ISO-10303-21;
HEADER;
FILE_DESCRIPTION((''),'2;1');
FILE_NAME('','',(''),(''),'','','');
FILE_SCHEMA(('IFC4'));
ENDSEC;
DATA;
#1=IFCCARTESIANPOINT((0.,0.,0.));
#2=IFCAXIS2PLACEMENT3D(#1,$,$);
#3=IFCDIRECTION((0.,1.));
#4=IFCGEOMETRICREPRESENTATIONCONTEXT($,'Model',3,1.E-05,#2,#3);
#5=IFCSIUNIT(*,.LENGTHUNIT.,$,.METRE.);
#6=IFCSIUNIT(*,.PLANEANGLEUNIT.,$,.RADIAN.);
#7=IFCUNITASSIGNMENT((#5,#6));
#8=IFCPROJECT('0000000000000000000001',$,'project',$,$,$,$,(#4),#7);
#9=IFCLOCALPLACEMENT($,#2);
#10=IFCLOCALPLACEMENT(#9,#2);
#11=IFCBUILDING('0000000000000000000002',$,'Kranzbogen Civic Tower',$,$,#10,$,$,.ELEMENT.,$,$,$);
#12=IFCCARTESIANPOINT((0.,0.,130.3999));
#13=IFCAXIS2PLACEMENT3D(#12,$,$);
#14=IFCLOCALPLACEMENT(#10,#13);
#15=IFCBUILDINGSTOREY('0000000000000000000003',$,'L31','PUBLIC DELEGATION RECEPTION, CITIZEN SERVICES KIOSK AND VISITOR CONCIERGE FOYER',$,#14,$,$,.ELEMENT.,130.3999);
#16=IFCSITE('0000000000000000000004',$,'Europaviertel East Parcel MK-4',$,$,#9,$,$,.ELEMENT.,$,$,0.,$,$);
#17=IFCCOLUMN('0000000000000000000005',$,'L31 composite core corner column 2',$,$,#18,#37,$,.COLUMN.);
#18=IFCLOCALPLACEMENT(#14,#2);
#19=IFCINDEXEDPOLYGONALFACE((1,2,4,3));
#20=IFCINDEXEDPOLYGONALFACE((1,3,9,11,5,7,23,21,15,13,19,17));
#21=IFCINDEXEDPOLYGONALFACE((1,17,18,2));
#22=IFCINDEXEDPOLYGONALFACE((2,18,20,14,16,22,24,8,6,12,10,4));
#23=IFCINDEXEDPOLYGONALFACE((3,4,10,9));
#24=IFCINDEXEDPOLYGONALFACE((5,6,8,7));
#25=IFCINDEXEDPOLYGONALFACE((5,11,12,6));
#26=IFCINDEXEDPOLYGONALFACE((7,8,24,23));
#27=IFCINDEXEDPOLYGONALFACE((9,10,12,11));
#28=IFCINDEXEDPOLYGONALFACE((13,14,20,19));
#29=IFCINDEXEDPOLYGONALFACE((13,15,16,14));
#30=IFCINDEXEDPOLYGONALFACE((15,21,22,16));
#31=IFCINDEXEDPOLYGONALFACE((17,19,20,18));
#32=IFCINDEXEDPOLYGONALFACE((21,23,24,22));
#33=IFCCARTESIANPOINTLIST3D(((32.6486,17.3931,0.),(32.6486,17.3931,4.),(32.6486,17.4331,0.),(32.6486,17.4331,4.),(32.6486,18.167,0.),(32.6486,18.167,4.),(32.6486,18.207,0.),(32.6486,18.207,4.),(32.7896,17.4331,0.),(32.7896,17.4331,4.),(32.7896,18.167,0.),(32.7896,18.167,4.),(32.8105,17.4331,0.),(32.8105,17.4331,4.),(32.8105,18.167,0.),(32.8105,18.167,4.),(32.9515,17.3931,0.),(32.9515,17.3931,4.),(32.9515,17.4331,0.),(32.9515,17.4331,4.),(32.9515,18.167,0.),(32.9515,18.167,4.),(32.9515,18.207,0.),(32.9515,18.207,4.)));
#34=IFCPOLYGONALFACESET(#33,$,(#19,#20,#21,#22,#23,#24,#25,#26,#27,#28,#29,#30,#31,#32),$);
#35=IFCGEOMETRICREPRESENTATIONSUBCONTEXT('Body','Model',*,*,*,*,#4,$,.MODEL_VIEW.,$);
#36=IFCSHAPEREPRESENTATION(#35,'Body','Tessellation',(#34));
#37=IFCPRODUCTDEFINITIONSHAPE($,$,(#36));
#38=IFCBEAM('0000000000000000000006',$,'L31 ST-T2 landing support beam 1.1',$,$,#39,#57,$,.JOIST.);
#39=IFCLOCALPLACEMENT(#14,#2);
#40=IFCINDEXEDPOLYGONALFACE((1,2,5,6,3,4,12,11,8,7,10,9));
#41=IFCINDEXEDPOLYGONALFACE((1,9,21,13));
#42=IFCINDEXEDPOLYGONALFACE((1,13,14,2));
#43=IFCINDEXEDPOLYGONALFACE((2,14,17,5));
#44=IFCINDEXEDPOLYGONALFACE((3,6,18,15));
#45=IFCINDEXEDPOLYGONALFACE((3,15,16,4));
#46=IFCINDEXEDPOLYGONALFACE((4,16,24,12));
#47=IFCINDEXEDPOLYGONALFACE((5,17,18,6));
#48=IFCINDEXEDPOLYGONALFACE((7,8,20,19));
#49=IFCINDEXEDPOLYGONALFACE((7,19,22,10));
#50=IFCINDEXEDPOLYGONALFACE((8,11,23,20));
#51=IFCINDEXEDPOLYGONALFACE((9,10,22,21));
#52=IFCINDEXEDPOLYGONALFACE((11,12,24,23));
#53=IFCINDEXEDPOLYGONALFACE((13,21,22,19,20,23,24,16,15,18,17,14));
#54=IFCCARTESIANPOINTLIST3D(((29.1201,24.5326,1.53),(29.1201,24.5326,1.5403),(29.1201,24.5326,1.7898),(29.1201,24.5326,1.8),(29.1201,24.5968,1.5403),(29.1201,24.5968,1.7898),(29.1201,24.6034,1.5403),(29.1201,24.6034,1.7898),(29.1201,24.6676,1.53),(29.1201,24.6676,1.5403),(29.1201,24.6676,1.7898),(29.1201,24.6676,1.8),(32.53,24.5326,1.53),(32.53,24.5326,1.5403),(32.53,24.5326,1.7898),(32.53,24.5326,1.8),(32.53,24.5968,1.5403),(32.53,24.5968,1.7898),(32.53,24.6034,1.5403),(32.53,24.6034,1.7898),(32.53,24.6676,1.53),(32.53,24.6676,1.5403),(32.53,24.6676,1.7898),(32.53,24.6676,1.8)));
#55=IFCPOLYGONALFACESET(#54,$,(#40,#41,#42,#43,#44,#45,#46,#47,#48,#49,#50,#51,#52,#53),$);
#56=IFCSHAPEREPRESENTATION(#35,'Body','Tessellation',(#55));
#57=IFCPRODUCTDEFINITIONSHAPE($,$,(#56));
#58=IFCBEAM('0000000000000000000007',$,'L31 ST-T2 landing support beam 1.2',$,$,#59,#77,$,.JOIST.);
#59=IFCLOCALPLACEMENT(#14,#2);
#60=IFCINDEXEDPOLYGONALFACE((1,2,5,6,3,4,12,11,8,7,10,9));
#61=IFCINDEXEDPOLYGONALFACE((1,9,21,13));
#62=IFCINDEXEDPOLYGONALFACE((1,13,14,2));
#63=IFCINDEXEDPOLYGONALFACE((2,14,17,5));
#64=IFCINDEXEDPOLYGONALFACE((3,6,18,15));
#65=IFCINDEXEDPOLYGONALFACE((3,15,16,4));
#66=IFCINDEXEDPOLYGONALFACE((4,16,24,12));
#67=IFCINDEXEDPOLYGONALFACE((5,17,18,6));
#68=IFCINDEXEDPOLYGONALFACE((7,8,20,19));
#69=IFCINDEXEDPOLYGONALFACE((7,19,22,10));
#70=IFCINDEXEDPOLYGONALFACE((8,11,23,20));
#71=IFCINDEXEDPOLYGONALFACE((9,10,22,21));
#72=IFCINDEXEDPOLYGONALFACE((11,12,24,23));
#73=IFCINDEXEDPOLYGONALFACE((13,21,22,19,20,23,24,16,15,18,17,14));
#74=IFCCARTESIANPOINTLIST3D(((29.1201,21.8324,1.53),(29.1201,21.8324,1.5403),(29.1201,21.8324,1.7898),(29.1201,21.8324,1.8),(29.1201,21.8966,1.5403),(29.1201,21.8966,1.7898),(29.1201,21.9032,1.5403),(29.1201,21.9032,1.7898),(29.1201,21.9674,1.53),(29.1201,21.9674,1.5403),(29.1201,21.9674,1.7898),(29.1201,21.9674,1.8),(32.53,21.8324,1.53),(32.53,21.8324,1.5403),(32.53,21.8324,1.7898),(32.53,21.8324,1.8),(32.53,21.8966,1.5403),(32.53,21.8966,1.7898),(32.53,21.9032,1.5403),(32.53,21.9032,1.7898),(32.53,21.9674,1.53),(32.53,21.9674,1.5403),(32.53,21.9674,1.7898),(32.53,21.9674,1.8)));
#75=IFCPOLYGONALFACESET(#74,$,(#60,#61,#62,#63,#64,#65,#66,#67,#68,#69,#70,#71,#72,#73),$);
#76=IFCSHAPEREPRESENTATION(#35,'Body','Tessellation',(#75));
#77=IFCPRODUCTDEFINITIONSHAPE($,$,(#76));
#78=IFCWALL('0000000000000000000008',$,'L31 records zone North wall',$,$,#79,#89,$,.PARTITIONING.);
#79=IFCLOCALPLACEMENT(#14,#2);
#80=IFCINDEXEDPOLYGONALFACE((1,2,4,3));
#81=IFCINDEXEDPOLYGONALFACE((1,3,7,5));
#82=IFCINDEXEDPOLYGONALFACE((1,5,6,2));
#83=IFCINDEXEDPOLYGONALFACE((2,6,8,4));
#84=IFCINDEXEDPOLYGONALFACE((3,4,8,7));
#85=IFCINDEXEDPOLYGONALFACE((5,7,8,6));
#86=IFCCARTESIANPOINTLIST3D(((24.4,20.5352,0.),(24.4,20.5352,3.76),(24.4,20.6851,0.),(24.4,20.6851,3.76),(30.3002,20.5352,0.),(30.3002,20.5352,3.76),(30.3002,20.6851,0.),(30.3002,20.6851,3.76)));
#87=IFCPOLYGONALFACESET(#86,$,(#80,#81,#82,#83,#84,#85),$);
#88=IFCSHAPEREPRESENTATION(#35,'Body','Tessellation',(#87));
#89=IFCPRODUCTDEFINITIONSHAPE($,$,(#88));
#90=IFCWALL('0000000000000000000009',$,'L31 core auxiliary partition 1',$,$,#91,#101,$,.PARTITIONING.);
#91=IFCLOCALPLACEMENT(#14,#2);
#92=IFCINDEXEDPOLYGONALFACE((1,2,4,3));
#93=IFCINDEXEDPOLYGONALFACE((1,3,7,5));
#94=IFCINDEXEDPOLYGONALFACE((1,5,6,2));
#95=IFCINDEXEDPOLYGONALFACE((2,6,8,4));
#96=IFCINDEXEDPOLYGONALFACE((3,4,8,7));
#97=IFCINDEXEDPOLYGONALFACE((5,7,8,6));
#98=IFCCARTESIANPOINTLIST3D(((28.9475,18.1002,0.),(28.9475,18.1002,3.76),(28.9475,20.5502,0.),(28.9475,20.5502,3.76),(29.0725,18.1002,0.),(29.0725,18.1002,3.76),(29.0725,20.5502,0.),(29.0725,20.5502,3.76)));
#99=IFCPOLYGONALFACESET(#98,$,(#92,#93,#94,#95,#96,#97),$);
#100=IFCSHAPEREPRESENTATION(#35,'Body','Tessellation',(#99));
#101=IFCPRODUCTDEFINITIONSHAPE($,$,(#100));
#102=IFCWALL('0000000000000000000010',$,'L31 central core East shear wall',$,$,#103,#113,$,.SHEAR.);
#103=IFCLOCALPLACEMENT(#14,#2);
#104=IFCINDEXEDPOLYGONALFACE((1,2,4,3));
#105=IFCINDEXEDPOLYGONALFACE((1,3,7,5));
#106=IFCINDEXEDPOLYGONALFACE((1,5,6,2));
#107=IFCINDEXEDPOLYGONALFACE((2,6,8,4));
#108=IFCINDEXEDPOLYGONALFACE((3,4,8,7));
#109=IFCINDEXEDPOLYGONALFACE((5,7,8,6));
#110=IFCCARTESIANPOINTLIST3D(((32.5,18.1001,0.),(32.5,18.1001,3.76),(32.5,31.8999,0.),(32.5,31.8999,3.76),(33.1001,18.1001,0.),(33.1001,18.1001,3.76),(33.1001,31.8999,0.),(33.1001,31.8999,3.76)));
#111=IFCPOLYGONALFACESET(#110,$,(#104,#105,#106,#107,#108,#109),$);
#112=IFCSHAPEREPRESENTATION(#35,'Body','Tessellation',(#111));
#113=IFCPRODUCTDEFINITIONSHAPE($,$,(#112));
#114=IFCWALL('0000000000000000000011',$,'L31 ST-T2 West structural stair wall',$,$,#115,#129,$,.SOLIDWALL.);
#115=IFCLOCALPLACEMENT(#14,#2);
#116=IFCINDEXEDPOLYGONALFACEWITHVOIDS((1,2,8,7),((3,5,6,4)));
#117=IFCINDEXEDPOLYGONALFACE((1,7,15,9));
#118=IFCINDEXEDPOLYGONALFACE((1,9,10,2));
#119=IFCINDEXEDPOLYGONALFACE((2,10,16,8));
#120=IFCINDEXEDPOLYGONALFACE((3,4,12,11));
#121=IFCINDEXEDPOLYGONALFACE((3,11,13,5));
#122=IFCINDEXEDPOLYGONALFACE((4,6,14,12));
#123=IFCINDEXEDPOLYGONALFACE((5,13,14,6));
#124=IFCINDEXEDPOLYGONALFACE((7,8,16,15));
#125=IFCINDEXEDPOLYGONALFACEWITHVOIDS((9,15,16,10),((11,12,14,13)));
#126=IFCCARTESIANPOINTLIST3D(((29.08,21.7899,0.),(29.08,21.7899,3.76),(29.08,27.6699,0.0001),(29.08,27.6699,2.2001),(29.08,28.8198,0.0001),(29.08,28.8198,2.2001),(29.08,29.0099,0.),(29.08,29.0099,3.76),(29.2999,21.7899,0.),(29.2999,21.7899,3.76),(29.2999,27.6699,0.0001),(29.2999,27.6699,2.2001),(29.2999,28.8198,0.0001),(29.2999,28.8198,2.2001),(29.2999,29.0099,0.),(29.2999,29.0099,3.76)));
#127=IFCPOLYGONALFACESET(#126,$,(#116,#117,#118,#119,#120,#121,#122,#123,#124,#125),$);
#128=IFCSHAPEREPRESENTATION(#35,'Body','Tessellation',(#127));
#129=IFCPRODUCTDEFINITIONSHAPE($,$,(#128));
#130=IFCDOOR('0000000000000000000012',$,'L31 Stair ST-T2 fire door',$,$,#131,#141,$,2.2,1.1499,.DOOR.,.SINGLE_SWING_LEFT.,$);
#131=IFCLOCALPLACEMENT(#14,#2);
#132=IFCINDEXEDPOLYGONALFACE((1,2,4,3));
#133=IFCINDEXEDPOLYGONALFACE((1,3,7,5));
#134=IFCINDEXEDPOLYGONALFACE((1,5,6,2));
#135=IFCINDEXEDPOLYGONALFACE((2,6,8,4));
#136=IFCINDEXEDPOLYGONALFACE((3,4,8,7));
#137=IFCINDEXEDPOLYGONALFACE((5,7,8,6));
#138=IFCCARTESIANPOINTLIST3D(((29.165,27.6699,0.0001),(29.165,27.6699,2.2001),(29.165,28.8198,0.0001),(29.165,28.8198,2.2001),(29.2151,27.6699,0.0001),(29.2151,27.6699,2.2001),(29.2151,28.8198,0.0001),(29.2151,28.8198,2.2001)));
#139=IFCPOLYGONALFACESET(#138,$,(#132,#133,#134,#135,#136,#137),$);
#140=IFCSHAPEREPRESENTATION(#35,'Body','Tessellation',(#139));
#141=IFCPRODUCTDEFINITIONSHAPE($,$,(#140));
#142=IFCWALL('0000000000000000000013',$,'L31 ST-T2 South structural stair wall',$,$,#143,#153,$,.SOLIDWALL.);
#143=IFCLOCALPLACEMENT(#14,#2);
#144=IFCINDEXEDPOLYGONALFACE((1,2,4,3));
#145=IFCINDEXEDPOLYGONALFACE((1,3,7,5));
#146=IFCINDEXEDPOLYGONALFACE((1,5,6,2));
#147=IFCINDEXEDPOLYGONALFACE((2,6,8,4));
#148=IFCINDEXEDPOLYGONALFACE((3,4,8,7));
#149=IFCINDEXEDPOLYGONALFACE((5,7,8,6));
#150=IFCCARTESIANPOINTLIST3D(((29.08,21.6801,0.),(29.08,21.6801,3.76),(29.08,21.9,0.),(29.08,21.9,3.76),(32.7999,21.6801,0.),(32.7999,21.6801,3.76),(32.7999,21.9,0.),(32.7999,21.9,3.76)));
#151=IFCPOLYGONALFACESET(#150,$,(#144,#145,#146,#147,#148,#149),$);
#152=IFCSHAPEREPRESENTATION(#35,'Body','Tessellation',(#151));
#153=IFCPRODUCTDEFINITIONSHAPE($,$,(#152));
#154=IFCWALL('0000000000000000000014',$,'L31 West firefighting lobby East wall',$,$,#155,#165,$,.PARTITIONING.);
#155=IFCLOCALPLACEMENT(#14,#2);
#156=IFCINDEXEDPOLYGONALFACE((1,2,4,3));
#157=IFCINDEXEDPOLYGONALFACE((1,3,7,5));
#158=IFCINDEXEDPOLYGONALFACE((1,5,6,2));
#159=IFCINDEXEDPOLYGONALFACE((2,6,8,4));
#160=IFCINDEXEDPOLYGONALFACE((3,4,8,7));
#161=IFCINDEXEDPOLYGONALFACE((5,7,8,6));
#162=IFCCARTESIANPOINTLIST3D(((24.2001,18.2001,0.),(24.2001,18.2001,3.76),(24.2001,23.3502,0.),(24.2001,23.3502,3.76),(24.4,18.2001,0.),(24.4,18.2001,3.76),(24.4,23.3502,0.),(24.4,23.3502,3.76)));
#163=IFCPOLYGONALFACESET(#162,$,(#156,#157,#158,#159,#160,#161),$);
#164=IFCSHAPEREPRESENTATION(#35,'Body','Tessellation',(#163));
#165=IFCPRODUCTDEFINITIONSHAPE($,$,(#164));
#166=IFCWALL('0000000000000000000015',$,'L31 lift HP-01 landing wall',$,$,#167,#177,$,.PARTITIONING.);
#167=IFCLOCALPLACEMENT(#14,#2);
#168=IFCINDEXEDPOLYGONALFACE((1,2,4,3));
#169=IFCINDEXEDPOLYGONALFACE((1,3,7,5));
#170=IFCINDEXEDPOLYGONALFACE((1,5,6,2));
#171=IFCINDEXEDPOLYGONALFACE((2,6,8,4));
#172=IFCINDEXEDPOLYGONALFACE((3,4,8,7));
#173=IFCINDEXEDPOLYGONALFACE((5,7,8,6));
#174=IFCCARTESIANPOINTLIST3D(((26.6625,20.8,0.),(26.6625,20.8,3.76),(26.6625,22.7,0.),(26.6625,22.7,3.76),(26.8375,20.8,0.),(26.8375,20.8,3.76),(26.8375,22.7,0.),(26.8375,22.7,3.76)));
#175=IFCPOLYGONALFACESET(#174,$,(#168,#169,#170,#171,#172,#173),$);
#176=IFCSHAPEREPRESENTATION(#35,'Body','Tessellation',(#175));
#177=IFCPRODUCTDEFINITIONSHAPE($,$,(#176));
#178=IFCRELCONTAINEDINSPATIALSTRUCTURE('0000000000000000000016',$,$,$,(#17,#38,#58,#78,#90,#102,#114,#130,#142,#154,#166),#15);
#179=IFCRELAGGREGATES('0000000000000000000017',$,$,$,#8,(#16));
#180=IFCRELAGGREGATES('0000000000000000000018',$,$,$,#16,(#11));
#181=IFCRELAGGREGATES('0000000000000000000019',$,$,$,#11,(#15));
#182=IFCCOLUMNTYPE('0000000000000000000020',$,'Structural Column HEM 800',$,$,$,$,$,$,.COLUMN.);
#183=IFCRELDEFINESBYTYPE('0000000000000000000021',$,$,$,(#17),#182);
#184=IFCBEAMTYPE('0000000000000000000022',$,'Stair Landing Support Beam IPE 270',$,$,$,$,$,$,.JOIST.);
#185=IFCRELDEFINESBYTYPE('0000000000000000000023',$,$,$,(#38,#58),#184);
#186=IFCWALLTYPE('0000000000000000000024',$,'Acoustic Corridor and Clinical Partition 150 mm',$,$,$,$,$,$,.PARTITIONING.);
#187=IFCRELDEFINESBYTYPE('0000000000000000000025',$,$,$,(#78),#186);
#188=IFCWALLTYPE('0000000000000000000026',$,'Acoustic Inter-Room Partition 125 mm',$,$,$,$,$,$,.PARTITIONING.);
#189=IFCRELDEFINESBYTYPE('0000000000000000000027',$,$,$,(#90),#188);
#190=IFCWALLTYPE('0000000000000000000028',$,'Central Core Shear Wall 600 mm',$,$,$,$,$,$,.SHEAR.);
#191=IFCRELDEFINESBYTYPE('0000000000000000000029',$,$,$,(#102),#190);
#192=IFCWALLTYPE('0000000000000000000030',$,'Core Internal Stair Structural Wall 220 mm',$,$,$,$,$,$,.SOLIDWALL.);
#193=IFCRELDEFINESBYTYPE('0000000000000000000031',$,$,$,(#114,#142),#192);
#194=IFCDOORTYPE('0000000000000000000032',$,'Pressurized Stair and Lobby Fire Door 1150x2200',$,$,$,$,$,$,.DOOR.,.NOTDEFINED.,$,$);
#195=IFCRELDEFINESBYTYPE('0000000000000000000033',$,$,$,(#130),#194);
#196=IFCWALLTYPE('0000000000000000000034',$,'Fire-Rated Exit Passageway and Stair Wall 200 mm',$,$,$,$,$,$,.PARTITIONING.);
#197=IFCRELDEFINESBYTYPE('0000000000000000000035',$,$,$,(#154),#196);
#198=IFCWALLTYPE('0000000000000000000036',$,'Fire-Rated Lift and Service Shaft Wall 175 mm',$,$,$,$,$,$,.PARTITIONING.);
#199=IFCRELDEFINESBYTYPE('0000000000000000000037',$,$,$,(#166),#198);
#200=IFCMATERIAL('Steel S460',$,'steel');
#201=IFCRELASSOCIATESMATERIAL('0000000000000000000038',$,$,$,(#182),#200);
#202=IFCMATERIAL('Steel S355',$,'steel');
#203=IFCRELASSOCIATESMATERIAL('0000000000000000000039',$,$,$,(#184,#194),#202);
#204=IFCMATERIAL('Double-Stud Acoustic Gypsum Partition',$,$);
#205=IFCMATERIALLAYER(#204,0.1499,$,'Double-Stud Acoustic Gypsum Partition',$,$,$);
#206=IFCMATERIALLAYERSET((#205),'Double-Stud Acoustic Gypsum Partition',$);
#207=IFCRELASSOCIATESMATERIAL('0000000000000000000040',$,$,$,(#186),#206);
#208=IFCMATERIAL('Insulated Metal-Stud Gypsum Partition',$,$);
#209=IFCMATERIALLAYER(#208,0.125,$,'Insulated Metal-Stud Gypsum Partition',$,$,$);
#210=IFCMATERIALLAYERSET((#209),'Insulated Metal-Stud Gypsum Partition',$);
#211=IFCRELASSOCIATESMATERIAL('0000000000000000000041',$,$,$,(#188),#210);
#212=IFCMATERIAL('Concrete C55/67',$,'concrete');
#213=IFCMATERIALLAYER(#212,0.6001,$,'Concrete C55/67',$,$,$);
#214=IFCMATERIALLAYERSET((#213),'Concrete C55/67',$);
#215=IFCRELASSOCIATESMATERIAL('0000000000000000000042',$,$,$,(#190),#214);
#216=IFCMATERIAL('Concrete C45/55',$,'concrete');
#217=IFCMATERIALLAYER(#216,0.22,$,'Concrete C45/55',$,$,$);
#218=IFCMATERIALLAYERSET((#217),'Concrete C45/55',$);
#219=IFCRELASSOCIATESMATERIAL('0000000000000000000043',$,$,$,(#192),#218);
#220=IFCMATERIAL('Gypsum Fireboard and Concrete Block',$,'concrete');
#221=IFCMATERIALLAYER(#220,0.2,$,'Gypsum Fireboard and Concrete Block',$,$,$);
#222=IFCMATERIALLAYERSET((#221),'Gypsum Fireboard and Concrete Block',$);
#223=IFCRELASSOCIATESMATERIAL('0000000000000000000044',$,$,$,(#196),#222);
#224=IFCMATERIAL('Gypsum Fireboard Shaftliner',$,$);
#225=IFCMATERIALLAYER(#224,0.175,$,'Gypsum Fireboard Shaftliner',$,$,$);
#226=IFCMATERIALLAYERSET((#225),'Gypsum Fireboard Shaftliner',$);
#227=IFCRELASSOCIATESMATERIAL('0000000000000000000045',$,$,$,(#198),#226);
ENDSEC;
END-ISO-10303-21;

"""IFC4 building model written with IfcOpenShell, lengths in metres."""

from ifc_helpers import new_model, si_unit, direction, frame, frame_2d, origin, origin_2d, place, context, subcontext, project, spatial, rectangle, i_section, extrude, material, layer, layer_set, material_profile, profile_set, type_object, element, fill, save


model = new_model("IFC4")

# Units and contexts
model_context = context("Model", 3, precision=1e-05, world=origin(), true_north=direction((0.0, 1.0)))
body_context = subcontext(model_context, "Body", "Model", "MODEL_VIEW")
ifc_project = project(units=[si_unit("LENGTHUNIT", "METRE"), si_unit("PLANEANGLEUNIT", "RADIAN")], contexts=[model_context])

# Site, building, storey
site_placement = place(None, origin())
site = spatial("IfcSite", under=ifc_project, at=site_placement, Name="Europaviertel East Parcel MK-4", CompositionType="ELEMENT", RefElevation=0.0)
building_placement = place(site_placement, origin())
building = spatial("IfcBuilding", under=site, at=building_placement, Name="Kranzbogen Civic Tower", CompositionType="ELEMENT")
storey_placement = place(building_placement, frame((0.0, 0.0, 130.3999)))
storey = spatial("IfcBuildingStorey", under=building, at=storey_placement, Name="L31", Description="PUBLIC DELEGATION RECEPTION, CITIZEN SERVICES KIOSK AND VISITOR CONCIERGE FOYER", CompositionType="ELEMENT", Elevation=130.3999)

# Column
ifc_material_1 = material(Name="Steel S460", Category="steel")
ifc_material_profile_1 = material_profile(ifc_material_1, i_section(OverallWidth=0.303, OverallDepth=0.814, WebThickness=0.021, FlangeThickness=0.04, at=origin_2d()), Name="HEM 800")
ifc_profile_set_1 = profile_set([ifc_material_profile_1], Name="Steel S460")
column_type = type_object("IfcColumnType", Name="Structural Column HEM 800", PredefinedType="COLUMN", material=ifc_profile_set_1)
column_placement = place(storey_placement, frame((32.8, 17.8, 0.0), z_axis=(0.0, 0.0, 1.0), x_axis=(1.0, 0.0, 0.0)))
element("IfcColumn", 1, at=column_placement, inside=storey, type_object=column_type, Name="L31 composite core corner column 2", PredefinedType="COLUMN", context=body_context, shape_type="SweptSolid", body=[
    extrude(i_section(OverallWidth=0.303, OverallDepth=0.814, WebThickness=0.021, FlangeThickness=0.04, at=origin_2d()), origin(), (0.0, 0.0, 1.0), 4.0),
])

# Beams
ifc_material_2 = material(Name="Steel S355", Category="steel")
ifc_material_profile_2 = material_profile(ifc_material_2, i_section(OverallWidth=0.135, OverallDepth=0.27, WebThickness=0.0066, FlangeThickness=0.0103, at=origin_2d()), Name="IPE 270")
ifc_profile_set_2 = profile_set([ifc_material_profile_2], Name="Steel S355")
beam_type = type_object("IfcBeamType", Name="Stair Landing Support Beam IPE 270", PredefinedType="JOIST", material=ifc_profile_set_2)
for number, where, z_axis, x_axis, name in (
    (2, (29.1201, 24.6001, 1.665), (1.0, 0.0, 0.0), (0.0, 1.0, 0.0), "L31 ST-T2 landing support beam 1.1"),
    (3, (29.1201, 21.8999, 1.665), (1.0, 0.0, 0.0), (0.0, 1.0, 0.0), "L31 ST-T2 landing support beam 1.2"),
):
    element("IfcBeam", number, at=place(storey_placement, frame(where, z_axis=z_axis, x_axis=x_axis)), inside=storey, type_object=beam_type, Name=name, PredefinedType="JOIST", context=body_context, shape_type="SweptSolid", body=[
        extrude(i_section(OverallWidth=0.135, OverallDepth=0.27, WebThickness=0.0066, FlangeThickness=0.0103, at=origin_2d()), origin(), (0.0, 0.0, 1.0), 3.4099),
    ])

# Walls
ifc_material_3 = material(Name="Double-Stud Acoustic Gypsum Partition")
ifc_layer_1 = layer(ifc_material_3, 0.1499, Name="Double-Stud Acoustic Gypsum Partition")
ifc_layer_set_1 = layer_set([ifc_layer_1], Name="Double-Stud Acoustic Gypsum Partition")
wall_type_1 = type_object("IfcWallType", Name="Acoustic Corridor and Clinical Partition 150 mm", PredefinedType="PARTITIONING", material=ifc_layer_set_1)
wall_1_placement = place(storey_placement, frame((24.3999, 20.6101, 0.0), z_axis=(0.0, 0.0, 1.0), x_axis=(1.0, 0.0, 0.0)))
element("IfcWall", 4, at=wall_1_placement, inside=storey, type_object=wall_type_1, Name="L31 records zone North wall", PredefinedType="PARTITIONING", context=body_context, shape_type="SweptSolid", body=[
    extrude(rectangle(XDim=5.9001, YDim=0.1499, at=frame_2d((2.9502, 0.0))), origin(), (0.0, 0.0, 1.0), 3.76),
])
ifc_material_4 = material(Name="Insulated Metal-Stud Gypsum Partition")
ifc_layer_2 = layer(ifc_material_4, 0.125, Name="Insulated Metal-Stud Gypsum Partition")
ifc_layer_set_2 = layer_set([ifc_layer_2], Name="Insulated Metal-Stud Gypsum Partition")
wall_type_2 = type_object("IfcWallType", Name="Acoustic Inter-Room Partition 125 mm", PredefinedType="PARTITIONING", material=ifc_layer_set_2)
wall_2_placement = place(storey_placement, frame((29.01, 18.1001, 0.0), z_axis=(0.0, 0.0, 1.0), x_axis=(0.0, 1.0, 0.0)))
element("IfcWall", 5, at=wall_2_placement, inside=storey, type_object=wall_type_2, Name="L31 core auxiliary partition 1", PredefinedType="PARTITIONING", context=body_context, shape_type="SweptSolid", body=[
    extrude(rectangle(XDim=2.45, YDim=0.125, at=frame_2d((1.2251, 0.0))), origin(), (0.0, 0.0, 1.0), 3.76),
])
ifc_material_5 = material(Name="Concrete C55/67", Category="concrete")
ifc_layer_3 = layer(ifc_material_5, 0.6001, Name="Concrete C55/67")
ifc_layer_set_3 = layer_set([ifc_layer_3], Name="Concrete C55/67")
wall_type_3 = type_object("IfcWallType", Name="Central Core Shear Wall 600 mm", PredefinedType="SHEAR", material=ifc_layer_set_3)
wall_3_placement = place(storey_placement, frame((32.8, 18.1001, 0.0), z_axis=(0.0, 0.0, 1.0), x_axis=(0.0, 1.0, 0.0)))
element("IfcWall", 6, at=wall_3_placement, inside=storey, type_object=wall_type_3, Name="L31 central core East shear wall", PredefinedType="SHEAR", context=body_context, shape_type="SweptSolid", body=[
    extrude(rectangle(XDim=13.7998, YDim=0.6001, at=frame_2d((6.8999, 0.0))), origin(), (0.0, 0.0, 1.0), 3.76),
])

# Wall, opening, door
ifc_material_6 = material(Name="Concrete C45/55", Category="concrete")
ifc_layer_4 = layer(ifc_material_6, 0.22, Name="Concrete C45/55")
ifc_layer_set_4 = layer_set([ifc_layer_4], Name="Concrete C45/55")
wall_type_4 = type_object("IfcWallType", Name="Core Internal Stair Structural Wall 220 mm", PredefinedType="SOLIDWALL", material=ifc_layer_set_4)
wall_4_placement = place(storey_placement, frame((29.1899, 21.79, 0.0), z_axis=(0.0, 0.0, 1.0), x_axis=(0.0, 1.0, 0.0)))
wall_4 = element("IfcWall", 7, at=wall_4_placement, inside=storey, type_object=wall_type_4, Name="L31 ST-T2 West structural stair wall", PredefinedType="SOLIDWALL", context=body_context, shape_type="SweptSolid", body=[
    extrude(rectangle(XDim=7.22, YDim=0.22, at=frame_2d((3.6099, 0.0))), origin(), (0.0, 0.0, 1.0), 3.76),
])
opening_1_placement = place(wall_4_placement, frame((5.8799, 0.0, 0.0)))
opening_1 = element("IfcOpeningElement", 8, at=opening_1_placement, cuts=wall_4, PredefinedType="OPENING", context=body_context, shape_type="SweptSolid", body=[
    extrude(rectangle(XDim=1.1499, YDim=2.2, at=frame_2d((0.575, 1.1001))), frame((0.0, 0.1201, 0.0), z_axis=(0.0, -1.0, 0.0), x_axis=(1.0, 0.0, 0.0)), (0.0, 0.0, 1.0), 0.24),
])
door_type_1 = type_object("IfcDoorType", Name="Pressurized Stair and Lobby Fire Door 1150x2200", OperationType="NOTDEFINED", PredefinedType="DOOR", material=ifc_material_2)
door_1_placement = place(opening_1_placement, origin())
door_1 = element("IfcDoor", 9, at=door_1_placement, inside=storey, type_object=door_type_1, Name="L31 Stair ST-T2 fire door", OperationType="SINGLE_SWING_LEFT", OverallHeight=2.2, OverallWidth=1.1499, PredefinedType="DOOR", context=body_context, shape_type="SweptSolid", body=[
    extrude(rectangle(XDim=1.1499, YDim=2.2, at=frame_2d((0.575, 1.1001))), frame((0.0, 0.0249, 0.0), z_axis=(0.0, -1.0, 0.0), x_axis=(1.0, 0.0, 0.0)), (0.0, 0.0, 1.0), 0.05),
])
fill(opening_1, door_1)

# Walls
wall_5_placement = place(storey_placement, frame((29.0801, 21.79, 0.0), z_axis=(0.0, 0.0, 1.0), x_axis=(1.0, 0.0, 0.0)))
element("IfcWall", 10, at=wall_5_placement, inside=storey, type_object=wall_type_4, Name="L31 ST-T2 South structural stair wall", PredefinedType="SOLIDWALL", context=body_context, shape_type="SweptSolid", body=[
    extrude(rectangle(XDim=3.72, YDim=0.22, at=frame_2d((1.8599, 0.0))), origin(), (0.0, 0.0, 1.0), 3.76),
])
ifc_material_7 = material(Name="Gypsum Fireboard and Concrete Block", Category="concrete")
ifc_layer_5 = layer(ifc_material_7, 0.2, Name="Gypsum Fireboard and Concrete Block")
ifc_layer_set_5 = layer_set([ifc_layer_5], Name="Gypsum Fireboard and Concrete Block")
wall_type_5 = type_object("IfcWallType", Name="Fire-Rated Exit Passageway and Stair Wall 200 mm", PredefinedType="PARTITIONING", material=ifc_layer_set_5)
wall_6_placement = place(storey_placement, frame((24.3, 18.2, 0.0), z_axis=(0.0, 0.0, 1.0), x_axis=(0.0, 1.0, 0.0)))
element("IfcWall", 11, at=wall_6_placement, inside=storey, type_object=wall_type_5, Name="L31 West firefighting lobby East wall", PredefinedType="PARTITIONING", context=body_context, shape_type="SweptSolid", body=[
    extrude(rectangle(XDim=5.1501, YDim=0.2, at=frame_2d((2.5752, 0.0))), origin(), (0.0, 0.0, 1.0), 3.76),
])
ifc_material_8 = material(Name="Gypsum Fireboard Shaftliner")
ifc_layer_6 = layer(ifc_material_8, 0.175, Name="Gypsum Fireboard Shaftliner")
ifc_layer_set_6 = layer_set([ifc_layer_6], Name="Gypsum Fireboard Shaftliner")
wall_type_6 = type_object("IfcWallType", Name="Fire-Rated Lift and Service Shaft Wall 175 mm", PredefinedType="PARTITIONING", material=ifc_layer_set_6)
wall_7_placement = place(storey_placement, frame((26.75, 20.8, 0.0), z_axis=(0.0, 0.0, 1.0), x_axis=(0.0, 1.0, 0.0)))
element("IfcWall", 12, at=wall_7_placement, inside=storey, type_object=wall_type_6, Name="L31 lift HP-01 landing wall", PredefinedType="PARTITIONING", context=body_context, shape_type="SweptSolid", body=[
    extrude(rectangle(XDim=1.8999, YDim=0.175, at=frame_2d((0.95, 0.0))), origin(), (0.0, 0.0, 1.0), 3.76),
])

save(model, "model.ifc")
